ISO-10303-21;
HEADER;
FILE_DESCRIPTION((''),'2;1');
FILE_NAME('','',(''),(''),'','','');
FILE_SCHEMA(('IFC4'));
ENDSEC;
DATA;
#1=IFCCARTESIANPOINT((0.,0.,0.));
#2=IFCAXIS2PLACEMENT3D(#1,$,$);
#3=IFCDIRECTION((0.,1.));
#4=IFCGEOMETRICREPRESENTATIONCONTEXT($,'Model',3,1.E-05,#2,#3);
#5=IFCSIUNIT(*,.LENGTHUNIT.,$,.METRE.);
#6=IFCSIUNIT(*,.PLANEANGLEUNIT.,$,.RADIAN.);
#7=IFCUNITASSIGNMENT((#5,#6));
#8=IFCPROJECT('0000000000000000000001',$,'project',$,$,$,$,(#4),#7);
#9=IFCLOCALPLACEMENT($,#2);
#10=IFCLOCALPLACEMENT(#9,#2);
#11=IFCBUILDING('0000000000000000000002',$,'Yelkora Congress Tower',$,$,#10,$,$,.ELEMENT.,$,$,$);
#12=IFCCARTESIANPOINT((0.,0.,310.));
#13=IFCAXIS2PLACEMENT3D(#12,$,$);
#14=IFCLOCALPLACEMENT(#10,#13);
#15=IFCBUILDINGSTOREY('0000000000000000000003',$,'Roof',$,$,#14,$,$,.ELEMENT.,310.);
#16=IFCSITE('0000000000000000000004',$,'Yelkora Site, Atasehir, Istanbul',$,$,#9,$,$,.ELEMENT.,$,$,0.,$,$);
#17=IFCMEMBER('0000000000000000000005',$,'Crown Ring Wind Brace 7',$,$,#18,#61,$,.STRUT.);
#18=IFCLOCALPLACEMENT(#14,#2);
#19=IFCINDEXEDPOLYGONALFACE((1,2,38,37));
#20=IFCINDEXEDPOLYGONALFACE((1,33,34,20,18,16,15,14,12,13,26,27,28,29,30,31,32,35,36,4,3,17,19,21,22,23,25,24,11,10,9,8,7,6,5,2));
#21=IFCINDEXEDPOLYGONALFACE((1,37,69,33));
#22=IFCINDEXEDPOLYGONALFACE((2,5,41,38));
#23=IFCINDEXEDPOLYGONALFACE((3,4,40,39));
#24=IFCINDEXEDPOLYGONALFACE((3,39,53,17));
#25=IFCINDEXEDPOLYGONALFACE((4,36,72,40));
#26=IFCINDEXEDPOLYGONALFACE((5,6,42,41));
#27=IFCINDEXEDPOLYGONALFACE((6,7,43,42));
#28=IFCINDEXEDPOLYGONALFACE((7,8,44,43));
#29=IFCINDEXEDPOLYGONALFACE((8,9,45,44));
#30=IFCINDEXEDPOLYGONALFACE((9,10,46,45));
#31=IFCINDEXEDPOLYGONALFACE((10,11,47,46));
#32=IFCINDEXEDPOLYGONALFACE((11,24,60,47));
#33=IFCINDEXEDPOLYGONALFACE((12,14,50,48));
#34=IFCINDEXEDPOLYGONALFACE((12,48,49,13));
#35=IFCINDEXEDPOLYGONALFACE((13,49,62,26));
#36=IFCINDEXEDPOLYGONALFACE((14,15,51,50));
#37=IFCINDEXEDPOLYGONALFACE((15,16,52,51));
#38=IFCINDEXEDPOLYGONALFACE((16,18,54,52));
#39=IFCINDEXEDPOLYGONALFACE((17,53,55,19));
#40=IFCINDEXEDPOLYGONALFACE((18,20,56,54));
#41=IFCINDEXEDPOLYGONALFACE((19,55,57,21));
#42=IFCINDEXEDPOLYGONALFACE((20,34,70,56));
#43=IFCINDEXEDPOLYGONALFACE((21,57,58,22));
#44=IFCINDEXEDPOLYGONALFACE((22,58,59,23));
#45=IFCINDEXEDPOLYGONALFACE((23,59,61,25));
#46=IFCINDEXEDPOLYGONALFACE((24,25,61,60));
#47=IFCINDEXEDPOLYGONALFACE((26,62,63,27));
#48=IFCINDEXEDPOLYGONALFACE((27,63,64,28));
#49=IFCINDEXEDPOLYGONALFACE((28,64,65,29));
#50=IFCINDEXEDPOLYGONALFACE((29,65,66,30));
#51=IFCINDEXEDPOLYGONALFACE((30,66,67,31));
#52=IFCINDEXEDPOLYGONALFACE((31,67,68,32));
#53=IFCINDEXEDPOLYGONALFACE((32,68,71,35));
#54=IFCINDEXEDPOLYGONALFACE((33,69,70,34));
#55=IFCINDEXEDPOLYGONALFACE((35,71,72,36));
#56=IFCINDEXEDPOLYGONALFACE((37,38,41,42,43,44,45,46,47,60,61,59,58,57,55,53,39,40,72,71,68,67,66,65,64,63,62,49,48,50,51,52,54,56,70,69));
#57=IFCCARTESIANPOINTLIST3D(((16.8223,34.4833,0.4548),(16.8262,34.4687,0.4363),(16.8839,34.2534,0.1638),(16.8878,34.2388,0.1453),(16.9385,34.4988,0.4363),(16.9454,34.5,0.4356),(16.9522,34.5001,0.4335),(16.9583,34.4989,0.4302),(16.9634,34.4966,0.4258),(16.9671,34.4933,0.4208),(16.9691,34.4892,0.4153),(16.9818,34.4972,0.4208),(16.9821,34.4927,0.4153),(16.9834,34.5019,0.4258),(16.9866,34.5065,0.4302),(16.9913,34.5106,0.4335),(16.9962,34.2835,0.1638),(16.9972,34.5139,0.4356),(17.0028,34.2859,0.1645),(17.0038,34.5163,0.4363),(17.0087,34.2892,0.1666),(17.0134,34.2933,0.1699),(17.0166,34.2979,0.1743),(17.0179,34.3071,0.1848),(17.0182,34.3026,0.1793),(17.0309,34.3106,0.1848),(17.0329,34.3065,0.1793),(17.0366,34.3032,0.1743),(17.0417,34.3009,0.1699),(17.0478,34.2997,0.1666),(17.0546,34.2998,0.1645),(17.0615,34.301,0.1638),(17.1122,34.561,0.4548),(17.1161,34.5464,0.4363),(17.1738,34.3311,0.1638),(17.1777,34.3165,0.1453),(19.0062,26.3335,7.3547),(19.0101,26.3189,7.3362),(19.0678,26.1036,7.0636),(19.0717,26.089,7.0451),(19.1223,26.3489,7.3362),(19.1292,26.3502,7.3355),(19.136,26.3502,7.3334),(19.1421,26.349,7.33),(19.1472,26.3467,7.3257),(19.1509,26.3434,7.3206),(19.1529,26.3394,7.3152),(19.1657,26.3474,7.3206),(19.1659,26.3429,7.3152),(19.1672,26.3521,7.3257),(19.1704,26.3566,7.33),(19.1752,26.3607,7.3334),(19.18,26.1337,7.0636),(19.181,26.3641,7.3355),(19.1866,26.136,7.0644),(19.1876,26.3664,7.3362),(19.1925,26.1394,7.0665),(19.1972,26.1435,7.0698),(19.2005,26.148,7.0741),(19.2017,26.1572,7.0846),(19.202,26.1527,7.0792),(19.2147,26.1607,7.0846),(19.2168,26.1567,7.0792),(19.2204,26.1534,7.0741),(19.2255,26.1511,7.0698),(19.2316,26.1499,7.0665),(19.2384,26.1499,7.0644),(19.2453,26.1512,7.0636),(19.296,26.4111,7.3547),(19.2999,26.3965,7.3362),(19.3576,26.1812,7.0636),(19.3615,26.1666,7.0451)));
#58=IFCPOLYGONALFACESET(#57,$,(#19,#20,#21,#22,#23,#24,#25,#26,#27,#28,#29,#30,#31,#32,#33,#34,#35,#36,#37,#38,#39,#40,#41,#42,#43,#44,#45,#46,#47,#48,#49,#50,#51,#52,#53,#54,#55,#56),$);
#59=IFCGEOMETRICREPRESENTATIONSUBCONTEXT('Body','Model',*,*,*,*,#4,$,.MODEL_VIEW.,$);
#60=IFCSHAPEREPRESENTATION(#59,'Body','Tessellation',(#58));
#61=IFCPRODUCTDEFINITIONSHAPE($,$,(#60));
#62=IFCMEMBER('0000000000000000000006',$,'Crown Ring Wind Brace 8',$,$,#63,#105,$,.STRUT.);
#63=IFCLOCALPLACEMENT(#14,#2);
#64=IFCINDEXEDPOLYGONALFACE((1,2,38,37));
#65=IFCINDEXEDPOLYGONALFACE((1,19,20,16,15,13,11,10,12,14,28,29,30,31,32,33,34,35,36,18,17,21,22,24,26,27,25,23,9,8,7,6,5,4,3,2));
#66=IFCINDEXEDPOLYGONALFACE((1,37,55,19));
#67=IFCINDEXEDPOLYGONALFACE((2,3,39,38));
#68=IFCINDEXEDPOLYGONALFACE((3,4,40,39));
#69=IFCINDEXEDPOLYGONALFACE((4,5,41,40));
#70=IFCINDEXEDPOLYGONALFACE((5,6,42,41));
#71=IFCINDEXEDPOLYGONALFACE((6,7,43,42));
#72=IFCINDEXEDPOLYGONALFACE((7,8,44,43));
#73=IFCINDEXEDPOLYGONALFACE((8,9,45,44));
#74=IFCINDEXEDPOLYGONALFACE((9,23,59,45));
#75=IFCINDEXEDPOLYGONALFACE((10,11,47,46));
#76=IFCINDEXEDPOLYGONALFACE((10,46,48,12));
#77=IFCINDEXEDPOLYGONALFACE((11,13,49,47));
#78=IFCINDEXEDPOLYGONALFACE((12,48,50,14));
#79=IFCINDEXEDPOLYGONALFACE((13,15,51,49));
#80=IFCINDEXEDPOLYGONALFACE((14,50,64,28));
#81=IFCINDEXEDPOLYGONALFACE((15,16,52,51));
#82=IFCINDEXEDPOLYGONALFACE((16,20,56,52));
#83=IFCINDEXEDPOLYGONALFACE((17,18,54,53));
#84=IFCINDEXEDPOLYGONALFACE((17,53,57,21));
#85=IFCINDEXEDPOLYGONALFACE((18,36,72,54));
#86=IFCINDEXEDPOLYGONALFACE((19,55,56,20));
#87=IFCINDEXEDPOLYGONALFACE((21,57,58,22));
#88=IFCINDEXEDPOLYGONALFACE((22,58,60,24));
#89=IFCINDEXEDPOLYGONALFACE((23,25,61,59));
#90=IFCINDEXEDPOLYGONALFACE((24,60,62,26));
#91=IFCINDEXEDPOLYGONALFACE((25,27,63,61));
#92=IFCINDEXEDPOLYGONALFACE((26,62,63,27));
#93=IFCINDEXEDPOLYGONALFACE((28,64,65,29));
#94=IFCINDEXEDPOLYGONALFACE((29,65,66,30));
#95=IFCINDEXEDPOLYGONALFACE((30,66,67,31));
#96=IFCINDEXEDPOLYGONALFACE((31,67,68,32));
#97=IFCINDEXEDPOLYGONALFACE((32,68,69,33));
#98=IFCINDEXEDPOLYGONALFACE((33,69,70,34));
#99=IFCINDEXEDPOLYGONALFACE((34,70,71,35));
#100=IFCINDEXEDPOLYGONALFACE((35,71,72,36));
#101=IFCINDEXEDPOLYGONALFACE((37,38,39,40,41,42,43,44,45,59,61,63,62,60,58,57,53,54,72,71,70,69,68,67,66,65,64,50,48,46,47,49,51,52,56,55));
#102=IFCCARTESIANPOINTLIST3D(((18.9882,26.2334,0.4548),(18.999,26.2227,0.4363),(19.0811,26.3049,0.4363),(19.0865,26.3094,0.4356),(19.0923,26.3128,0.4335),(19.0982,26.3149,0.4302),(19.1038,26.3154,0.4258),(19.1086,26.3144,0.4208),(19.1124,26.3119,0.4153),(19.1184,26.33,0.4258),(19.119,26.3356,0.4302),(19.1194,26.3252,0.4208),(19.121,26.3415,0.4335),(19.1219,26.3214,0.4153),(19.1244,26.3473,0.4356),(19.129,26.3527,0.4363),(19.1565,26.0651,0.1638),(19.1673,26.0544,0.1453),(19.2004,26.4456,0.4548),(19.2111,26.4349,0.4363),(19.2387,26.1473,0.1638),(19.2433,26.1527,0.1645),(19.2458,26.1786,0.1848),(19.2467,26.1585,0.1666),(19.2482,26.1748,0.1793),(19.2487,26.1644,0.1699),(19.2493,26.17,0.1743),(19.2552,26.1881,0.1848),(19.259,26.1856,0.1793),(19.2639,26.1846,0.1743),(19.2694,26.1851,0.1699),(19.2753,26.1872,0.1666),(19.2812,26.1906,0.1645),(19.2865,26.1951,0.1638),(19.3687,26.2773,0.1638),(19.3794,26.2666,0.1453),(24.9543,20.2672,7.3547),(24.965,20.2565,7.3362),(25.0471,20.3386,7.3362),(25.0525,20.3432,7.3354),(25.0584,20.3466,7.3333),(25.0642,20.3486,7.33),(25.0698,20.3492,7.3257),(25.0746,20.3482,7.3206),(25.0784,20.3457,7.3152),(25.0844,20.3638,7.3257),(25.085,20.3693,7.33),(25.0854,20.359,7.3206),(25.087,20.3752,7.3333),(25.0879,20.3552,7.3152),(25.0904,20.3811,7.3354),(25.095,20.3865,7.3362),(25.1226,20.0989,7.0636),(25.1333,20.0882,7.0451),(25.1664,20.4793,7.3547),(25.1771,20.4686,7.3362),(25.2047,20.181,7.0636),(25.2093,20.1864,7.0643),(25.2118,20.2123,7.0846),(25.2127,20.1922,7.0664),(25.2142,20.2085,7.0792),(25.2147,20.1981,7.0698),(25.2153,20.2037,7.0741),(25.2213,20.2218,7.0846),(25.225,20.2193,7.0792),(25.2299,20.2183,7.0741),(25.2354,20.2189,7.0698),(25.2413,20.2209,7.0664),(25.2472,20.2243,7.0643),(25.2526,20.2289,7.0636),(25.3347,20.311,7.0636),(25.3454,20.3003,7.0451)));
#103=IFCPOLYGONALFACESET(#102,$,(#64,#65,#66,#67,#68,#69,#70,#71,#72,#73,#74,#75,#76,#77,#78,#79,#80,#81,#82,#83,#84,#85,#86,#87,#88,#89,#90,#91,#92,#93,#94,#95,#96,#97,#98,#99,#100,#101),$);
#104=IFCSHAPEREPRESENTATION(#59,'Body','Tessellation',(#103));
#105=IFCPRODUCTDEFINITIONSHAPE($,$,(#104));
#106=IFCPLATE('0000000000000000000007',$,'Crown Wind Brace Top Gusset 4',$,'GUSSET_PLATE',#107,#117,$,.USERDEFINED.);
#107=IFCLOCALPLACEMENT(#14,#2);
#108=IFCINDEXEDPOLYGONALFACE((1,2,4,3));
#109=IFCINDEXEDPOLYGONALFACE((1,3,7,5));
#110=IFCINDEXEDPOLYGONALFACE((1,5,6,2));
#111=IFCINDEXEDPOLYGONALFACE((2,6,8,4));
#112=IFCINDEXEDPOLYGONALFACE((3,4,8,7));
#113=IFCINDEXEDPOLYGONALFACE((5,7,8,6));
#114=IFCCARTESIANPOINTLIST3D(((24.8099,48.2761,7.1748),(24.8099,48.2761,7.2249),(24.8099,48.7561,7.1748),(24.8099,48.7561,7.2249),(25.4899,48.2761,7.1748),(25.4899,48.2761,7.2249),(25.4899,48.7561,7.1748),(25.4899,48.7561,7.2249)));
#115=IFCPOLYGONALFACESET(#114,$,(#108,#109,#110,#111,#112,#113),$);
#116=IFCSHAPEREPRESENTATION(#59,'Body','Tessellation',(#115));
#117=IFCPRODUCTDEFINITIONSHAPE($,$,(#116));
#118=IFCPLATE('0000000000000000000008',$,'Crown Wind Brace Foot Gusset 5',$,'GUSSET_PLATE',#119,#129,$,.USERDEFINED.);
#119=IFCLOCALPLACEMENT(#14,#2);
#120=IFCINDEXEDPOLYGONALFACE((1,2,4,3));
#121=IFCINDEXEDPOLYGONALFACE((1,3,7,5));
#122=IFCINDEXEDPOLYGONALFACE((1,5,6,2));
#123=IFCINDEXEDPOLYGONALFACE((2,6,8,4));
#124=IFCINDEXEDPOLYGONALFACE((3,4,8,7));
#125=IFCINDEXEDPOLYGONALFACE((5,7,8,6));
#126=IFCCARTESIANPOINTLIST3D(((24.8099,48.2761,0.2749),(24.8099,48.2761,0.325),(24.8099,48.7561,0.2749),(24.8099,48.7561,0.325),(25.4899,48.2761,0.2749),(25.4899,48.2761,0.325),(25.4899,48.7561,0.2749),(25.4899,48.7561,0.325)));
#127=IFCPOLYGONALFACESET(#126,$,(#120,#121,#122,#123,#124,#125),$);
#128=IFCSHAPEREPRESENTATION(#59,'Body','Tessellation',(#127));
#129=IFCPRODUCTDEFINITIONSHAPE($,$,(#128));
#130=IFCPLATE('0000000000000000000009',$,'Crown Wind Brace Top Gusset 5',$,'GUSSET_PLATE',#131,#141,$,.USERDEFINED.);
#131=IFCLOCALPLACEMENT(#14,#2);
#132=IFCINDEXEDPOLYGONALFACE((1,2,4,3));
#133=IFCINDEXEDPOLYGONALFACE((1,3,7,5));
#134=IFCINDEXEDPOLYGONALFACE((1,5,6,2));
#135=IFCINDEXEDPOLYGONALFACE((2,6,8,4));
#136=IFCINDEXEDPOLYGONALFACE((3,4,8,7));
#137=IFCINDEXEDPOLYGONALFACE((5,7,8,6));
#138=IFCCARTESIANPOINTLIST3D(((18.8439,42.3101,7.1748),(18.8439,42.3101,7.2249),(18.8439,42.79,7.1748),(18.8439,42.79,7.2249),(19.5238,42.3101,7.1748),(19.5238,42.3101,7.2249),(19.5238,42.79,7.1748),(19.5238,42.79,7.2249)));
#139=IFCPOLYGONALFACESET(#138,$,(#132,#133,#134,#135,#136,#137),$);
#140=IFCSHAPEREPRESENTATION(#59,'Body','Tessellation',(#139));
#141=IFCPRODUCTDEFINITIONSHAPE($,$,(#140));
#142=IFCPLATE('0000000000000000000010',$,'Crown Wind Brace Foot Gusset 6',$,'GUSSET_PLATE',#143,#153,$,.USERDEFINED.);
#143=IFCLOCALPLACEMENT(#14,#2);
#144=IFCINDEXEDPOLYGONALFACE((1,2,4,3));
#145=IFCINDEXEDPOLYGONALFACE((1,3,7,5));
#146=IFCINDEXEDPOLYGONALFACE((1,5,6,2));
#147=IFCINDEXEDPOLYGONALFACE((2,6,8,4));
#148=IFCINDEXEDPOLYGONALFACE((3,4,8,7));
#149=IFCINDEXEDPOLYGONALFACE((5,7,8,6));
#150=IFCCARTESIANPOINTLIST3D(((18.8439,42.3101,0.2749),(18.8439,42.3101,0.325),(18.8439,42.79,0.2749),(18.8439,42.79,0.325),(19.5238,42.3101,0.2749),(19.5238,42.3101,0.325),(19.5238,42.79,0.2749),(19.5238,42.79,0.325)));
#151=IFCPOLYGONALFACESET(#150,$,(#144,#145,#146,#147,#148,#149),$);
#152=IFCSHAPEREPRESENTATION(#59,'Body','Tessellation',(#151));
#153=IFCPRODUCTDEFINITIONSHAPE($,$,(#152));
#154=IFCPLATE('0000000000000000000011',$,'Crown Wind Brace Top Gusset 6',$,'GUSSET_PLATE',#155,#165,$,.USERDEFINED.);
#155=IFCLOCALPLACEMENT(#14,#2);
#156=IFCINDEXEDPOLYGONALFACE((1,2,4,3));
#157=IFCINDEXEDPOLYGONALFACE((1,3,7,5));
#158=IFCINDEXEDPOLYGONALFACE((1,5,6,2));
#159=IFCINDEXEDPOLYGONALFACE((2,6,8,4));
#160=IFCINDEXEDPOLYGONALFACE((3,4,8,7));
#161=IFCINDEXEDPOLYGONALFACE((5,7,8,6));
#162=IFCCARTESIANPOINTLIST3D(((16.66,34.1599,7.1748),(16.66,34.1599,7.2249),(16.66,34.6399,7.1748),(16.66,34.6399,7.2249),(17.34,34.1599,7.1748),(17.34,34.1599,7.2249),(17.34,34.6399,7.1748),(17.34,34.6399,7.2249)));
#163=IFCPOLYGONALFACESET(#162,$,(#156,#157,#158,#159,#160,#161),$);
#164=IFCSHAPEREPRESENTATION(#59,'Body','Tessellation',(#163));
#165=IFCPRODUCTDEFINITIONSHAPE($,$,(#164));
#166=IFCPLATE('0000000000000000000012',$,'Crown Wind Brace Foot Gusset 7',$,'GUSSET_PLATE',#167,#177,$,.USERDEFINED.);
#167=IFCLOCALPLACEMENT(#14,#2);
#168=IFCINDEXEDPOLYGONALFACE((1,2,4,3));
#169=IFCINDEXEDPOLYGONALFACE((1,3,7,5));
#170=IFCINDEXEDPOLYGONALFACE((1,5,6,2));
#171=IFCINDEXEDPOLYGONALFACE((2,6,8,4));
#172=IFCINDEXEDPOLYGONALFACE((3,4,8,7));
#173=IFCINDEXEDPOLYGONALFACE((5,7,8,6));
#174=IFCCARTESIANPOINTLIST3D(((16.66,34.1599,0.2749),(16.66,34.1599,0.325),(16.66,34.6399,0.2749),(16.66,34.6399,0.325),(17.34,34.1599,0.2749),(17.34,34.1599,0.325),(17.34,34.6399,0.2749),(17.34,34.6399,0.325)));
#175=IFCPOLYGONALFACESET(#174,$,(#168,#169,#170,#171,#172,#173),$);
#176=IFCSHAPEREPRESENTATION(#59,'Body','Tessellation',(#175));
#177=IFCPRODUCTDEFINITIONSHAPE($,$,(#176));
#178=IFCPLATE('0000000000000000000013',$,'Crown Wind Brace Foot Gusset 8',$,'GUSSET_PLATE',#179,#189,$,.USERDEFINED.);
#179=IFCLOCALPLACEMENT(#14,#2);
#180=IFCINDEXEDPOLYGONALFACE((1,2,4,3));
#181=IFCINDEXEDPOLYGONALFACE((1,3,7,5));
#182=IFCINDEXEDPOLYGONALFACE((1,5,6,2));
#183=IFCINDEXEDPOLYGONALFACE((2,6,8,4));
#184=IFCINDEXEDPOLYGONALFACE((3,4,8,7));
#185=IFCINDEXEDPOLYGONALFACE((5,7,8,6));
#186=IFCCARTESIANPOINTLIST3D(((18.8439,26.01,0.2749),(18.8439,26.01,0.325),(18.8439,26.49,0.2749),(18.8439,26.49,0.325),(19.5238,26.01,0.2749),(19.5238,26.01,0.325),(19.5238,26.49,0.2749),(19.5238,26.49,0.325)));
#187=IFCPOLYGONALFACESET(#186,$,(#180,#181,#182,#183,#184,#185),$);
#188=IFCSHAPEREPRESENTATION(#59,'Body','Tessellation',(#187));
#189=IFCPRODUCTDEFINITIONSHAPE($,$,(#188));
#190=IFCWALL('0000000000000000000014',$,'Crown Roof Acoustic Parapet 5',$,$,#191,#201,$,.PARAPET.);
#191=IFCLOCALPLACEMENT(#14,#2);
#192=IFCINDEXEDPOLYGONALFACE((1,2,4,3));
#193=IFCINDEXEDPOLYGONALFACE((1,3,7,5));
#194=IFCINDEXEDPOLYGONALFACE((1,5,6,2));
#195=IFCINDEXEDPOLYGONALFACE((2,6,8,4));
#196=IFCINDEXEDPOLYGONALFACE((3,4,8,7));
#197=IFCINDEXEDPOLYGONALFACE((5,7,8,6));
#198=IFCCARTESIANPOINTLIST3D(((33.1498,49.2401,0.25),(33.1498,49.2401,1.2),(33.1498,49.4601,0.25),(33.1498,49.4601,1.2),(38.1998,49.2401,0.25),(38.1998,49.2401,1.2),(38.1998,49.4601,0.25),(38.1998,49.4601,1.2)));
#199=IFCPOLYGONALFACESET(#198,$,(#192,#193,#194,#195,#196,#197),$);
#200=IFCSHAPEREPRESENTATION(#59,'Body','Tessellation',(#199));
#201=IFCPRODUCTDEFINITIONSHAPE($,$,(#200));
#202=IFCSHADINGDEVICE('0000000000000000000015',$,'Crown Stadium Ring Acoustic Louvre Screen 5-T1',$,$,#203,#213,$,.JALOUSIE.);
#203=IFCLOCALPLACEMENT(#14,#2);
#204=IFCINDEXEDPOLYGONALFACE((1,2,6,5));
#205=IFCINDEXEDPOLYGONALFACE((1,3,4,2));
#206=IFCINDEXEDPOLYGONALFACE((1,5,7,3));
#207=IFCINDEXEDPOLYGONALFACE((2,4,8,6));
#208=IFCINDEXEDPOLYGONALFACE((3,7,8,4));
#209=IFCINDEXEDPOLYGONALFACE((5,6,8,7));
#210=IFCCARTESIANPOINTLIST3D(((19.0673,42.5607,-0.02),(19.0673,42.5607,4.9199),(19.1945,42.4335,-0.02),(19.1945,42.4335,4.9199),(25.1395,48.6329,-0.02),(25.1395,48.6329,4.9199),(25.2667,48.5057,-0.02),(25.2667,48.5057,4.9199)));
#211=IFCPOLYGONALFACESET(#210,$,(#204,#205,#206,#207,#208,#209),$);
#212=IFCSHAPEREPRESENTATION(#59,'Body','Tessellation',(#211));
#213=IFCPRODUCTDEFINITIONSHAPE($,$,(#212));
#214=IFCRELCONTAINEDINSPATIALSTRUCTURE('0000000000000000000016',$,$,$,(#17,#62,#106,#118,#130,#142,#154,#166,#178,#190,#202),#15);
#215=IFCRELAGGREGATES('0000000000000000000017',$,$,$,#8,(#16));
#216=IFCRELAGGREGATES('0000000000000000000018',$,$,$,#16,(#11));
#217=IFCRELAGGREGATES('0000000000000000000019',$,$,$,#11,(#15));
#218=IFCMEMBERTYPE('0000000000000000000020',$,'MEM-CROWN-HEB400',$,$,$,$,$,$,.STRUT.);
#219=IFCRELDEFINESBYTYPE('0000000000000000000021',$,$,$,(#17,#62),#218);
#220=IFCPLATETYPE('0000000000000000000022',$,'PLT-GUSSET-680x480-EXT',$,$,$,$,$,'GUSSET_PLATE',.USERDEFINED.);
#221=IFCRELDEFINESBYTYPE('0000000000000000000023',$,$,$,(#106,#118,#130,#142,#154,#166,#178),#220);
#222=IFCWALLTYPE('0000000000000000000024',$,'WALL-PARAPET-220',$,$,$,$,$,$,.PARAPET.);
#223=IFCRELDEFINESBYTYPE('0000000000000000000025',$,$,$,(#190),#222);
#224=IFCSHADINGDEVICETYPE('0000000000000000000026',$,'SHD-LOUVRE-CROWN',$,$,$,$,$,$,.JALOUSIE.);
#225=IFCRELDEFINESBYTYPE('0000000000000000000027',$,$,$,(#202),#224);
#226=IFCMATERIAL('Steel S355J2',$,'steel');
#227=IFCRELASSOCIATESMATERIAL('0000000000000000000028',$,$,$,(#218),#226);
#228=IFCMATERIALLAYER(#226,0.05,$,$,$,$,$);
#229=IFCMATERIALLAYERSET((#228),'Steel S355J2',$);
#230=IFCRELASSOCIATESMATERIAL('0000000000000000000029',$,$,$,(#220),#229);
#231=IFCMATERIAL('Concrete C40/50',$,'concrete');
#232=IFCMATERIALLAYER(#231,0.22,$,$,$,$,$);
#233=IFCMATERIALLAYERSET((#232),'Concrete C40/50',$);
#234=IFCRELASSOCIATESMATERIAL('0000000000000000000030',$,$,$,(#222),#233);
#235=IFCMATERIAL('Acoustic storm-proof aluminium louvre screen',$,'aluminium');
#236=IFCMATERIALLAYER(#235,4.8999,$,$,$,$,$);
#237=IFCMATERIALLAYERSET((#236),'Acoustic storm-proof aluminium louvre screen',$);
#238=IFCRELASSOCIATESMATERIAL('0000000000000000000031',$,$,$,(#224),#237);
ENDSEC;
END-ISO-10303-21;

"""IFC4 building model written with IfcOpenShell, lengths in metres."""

from ifc_helpers import new_model, si_unit, direction, frame, frame_2d, origin, origin_2d, place, context, subcontext, project, spatial, rectangle, i_section, extrude, material, layer, layer_set, material_profile, profile_set, type_object, element, save


model = new_model("IFC4")

# Units and contexts
model_context = context("Model", 3, precision=1e-05, world=origin(), true_north=direction((0.0, 1.0)))
body_context = subcontext(model_context, "Body", "Model", "MODEL_VIEW")
ifc_project = project(units=[si_unit("LENGTHUNIT", "METRE"), si_unit("PLANEANGLEUNIT", "RADIAN")], contexts=[model_context])

# Site, building, storey
site_placement = place(None, origin())
site = spatial("IfcSite", under=ifc_project, at=site_placement, Name="Yelkora Site, Atasehir, Istanbul", CompositionType="ELEMENT", RefElevation=0.0)
building_placement = place(site_placement, origin())
building = spatial("IfcBuilding", under=site, at=building_placement, Name="Yelkora Congress Tower", CompositionType="ELEMENT")
storey_placement = place(building_placement, frame((0.0, 0.0, 310.0)))
storey = spatial("IfcBuildingStorey", under=building, at=storey_placement, Name="Roof", CompositionType="ELEMENT", Elevation=310.0)

# Shared definitions
ifc_material_1 = material(Name="Steel S355J2", Category="steel")

# Members
ifc_material_profile_1 = material_profile(ifc_material_1, i_section(OverallWidth=0.3, OverallDepth=0.3999, WebThickness=0.0134, FlangeThickness=0.0239, FilletRadius=0.0271, at=origin_2d()), Name="HEB 400")
ifc_profile_set_1 = profile_set([ifc_material_profile_1], Name="Steel S355J2")
member_type = type_object("IfcMemberType", Name="MEM-CROWN-HEB400", PredefinedType="STRUT", material=ifc_profile_set_1)
for number, where, z_axis, x_axis, name in (
    (1, (17.0, 34.3999, 0.3), (0.200362, -0.747733, 0.633049), (0.965924, 0.258828, 0.0), "Crown Ring Wind Brace 7"),
    (2, (19.1838, 26.25, 0.3), (0.54737, -0.547392, 0.633047), (0.707121, 0.707092, 0.0), "Crown Ring Wind Brace 8"),
):
    element("IfcMember", number, at=place(storey_placement, frame(where, z_axis=z_axis, x_axis=x_axis)), inside=storey, type_object=member_type, Name=name, PredefinedType="STRUT", context=body_context, shape_type="SweptSolid", body=[
        extrude(i_section(OverallWidth=0.3, OverallDepth=0.3999, WebThickness=0.0134, FlangeThickness=0.0239, FilletRadius=0.0271, at=origin_2d()), origin(), (0.0, 0.0, 1.0), 10.8994),
    ])

# Plates
ifc_layer_1 = layer(ifc_material_1, 0.05)
ifc_layer_set_1 = layer_set([ifc_layer_1], Name="Steel S355J2")
plate_type = type_object("IfcPlateType", Name="PLT-GUSSET-680x480-EXT", ElementType="GUSSET_PLATE", PredefinedType="USERDEFINED", material=ifc_layer_set_1)
for number, where, z_axis, x_axis, name in (
    (3, (25.1499, 48.5161, 7.1748), (0.0, 0.0, 1.0), (1.0, 0.0, 0.0), "Crown Wind Brace Top Gusset 4"),
    (4, (25.1499, 48.5161, 0.2749), (0.0, 0.0, 1.0), (1.0, 0.0, 0.0), "Crown Wind Brace Foot Gusset 5"),
    (5, (19.1838, 42.55, 7.1748), (0.0, 0.0, 1.0), (1.0, 0.0, 0.0), "Crown Wind Brace Top Gusset 5"),
    (6, (19.1838, 42.55, 0.2749), (0.0, 0.0, 1.0), (1.0, 0.0, 0.0), "Crown Wind Brace Foot Gusset 6"),
    (7, (17.0, 34.3999, 7.1748), (0.0, 0.0, 1.0), (1.0, 0.0, 0.0), "Crown Wind Brace Top Gusset 6"),
    (8, (17.0, 34.3999, 0.2749), (0.0, 0.0, 1.0), (1.0, 0.0, 0.0), "Crown Wind Brace Foot Gusset 7"),
    (9, (19.1838, 26.25, 0.2749), (0.0, 0.0, 1.0), (1.0, 0.0, 0.0), "Crown Wind Brace Foot Gusset 8"),
):
    element("IfcPlate", number, at=place(storey_placement, frame(where, z_axis=z_axis, x_axis=x_axis)), inside=storey, type_object=plate_type, Name=name, ObjectType="GUSSET_PLATE", PredefinedType="USERDEFINED", context=body_context, shape_type="SweptSolid", body=[
        extrude(rectangle(XDim=0.6799, YDim=0.48, at=origin_2d()), origin(), (0.0, 0.0, 1.0), 0.05),
    ])

# Wall
ifc_material_2 = material(Name="Concrete C40/50", Category="concrete")
ifc_layer_2 = layer(ifc_material_2, 0.22)
ifc_layer_set_2 = layer_set([ifc_layer_2], Name="Concrete C40/50")
wall_type = type_object("IfcWallType", Name="WALL-PARAPET-220", PredefinedType="PARAPET", material=ifc_layer_set_2)
wall_placement = place(storey_placement, frame((33.1499, 49.3501, 0.25), z_axis=(0.0, 0.0, 1.0), x_axis=(1.0, 0.0, 0.0)))
element("IfcWall", 10, at=wall_placement, inside=storey, type_object=wall_type, Name="Crown Roof Acoustic Parapet 5", PredefinedType="PARAPET", context=body_context, shape_type="SweptSolid", body=[
    extrude(rectangle(XDim=5.05, YDim=0.22, at=frame_2d((2.5249, 0.0))), origin(), (0.0, 0.0, 1.0), 0.95),
])

# Shading device
ifc_material_3 = material(Name="Acoustic storm-proof aluminium louvre screen", Category="aluminium")
ifc_layer_3 = layer(ifc_material_3, 4.8999)
ifc_layer_set_3 = layer_set([ifc_layer_3], Name="Acoustic storm-proof aluminium louvre screen")
shading_device_type = type_object("IfcShadingDeviceType", Name="SHD-LOUVRE-CROWN", PredefinedType="JALOUSIE", material=ifc_layer_set_3)
for number, where, z_axis, x_axis, name in (
    (11, (22.167, 45.5332, -0.02), (0.0, 0.0, 1.0), (-0.707107, -0.707107, 0.0), "Crown Stadium Ring Acoustic Louvre Screen 5-T1"),
):
    element("IfcShadingDevice", number, at=place(storey_placement, frame(where, z_axis=z_axis, x_axis=x_axis)), inside=storey, type_object=shading_device_type, Name=name, PredefinedType="JALOUSIE", context=body_context, shape_type="SweptSolid", body=[
        extrude(rectangle(XDim=8.5874, YDim=0.1799, at=origin_2d()), origin(), (0.0, 0.0, 1.0), 4.9399),
    ])

save(model, "model.ifc")
